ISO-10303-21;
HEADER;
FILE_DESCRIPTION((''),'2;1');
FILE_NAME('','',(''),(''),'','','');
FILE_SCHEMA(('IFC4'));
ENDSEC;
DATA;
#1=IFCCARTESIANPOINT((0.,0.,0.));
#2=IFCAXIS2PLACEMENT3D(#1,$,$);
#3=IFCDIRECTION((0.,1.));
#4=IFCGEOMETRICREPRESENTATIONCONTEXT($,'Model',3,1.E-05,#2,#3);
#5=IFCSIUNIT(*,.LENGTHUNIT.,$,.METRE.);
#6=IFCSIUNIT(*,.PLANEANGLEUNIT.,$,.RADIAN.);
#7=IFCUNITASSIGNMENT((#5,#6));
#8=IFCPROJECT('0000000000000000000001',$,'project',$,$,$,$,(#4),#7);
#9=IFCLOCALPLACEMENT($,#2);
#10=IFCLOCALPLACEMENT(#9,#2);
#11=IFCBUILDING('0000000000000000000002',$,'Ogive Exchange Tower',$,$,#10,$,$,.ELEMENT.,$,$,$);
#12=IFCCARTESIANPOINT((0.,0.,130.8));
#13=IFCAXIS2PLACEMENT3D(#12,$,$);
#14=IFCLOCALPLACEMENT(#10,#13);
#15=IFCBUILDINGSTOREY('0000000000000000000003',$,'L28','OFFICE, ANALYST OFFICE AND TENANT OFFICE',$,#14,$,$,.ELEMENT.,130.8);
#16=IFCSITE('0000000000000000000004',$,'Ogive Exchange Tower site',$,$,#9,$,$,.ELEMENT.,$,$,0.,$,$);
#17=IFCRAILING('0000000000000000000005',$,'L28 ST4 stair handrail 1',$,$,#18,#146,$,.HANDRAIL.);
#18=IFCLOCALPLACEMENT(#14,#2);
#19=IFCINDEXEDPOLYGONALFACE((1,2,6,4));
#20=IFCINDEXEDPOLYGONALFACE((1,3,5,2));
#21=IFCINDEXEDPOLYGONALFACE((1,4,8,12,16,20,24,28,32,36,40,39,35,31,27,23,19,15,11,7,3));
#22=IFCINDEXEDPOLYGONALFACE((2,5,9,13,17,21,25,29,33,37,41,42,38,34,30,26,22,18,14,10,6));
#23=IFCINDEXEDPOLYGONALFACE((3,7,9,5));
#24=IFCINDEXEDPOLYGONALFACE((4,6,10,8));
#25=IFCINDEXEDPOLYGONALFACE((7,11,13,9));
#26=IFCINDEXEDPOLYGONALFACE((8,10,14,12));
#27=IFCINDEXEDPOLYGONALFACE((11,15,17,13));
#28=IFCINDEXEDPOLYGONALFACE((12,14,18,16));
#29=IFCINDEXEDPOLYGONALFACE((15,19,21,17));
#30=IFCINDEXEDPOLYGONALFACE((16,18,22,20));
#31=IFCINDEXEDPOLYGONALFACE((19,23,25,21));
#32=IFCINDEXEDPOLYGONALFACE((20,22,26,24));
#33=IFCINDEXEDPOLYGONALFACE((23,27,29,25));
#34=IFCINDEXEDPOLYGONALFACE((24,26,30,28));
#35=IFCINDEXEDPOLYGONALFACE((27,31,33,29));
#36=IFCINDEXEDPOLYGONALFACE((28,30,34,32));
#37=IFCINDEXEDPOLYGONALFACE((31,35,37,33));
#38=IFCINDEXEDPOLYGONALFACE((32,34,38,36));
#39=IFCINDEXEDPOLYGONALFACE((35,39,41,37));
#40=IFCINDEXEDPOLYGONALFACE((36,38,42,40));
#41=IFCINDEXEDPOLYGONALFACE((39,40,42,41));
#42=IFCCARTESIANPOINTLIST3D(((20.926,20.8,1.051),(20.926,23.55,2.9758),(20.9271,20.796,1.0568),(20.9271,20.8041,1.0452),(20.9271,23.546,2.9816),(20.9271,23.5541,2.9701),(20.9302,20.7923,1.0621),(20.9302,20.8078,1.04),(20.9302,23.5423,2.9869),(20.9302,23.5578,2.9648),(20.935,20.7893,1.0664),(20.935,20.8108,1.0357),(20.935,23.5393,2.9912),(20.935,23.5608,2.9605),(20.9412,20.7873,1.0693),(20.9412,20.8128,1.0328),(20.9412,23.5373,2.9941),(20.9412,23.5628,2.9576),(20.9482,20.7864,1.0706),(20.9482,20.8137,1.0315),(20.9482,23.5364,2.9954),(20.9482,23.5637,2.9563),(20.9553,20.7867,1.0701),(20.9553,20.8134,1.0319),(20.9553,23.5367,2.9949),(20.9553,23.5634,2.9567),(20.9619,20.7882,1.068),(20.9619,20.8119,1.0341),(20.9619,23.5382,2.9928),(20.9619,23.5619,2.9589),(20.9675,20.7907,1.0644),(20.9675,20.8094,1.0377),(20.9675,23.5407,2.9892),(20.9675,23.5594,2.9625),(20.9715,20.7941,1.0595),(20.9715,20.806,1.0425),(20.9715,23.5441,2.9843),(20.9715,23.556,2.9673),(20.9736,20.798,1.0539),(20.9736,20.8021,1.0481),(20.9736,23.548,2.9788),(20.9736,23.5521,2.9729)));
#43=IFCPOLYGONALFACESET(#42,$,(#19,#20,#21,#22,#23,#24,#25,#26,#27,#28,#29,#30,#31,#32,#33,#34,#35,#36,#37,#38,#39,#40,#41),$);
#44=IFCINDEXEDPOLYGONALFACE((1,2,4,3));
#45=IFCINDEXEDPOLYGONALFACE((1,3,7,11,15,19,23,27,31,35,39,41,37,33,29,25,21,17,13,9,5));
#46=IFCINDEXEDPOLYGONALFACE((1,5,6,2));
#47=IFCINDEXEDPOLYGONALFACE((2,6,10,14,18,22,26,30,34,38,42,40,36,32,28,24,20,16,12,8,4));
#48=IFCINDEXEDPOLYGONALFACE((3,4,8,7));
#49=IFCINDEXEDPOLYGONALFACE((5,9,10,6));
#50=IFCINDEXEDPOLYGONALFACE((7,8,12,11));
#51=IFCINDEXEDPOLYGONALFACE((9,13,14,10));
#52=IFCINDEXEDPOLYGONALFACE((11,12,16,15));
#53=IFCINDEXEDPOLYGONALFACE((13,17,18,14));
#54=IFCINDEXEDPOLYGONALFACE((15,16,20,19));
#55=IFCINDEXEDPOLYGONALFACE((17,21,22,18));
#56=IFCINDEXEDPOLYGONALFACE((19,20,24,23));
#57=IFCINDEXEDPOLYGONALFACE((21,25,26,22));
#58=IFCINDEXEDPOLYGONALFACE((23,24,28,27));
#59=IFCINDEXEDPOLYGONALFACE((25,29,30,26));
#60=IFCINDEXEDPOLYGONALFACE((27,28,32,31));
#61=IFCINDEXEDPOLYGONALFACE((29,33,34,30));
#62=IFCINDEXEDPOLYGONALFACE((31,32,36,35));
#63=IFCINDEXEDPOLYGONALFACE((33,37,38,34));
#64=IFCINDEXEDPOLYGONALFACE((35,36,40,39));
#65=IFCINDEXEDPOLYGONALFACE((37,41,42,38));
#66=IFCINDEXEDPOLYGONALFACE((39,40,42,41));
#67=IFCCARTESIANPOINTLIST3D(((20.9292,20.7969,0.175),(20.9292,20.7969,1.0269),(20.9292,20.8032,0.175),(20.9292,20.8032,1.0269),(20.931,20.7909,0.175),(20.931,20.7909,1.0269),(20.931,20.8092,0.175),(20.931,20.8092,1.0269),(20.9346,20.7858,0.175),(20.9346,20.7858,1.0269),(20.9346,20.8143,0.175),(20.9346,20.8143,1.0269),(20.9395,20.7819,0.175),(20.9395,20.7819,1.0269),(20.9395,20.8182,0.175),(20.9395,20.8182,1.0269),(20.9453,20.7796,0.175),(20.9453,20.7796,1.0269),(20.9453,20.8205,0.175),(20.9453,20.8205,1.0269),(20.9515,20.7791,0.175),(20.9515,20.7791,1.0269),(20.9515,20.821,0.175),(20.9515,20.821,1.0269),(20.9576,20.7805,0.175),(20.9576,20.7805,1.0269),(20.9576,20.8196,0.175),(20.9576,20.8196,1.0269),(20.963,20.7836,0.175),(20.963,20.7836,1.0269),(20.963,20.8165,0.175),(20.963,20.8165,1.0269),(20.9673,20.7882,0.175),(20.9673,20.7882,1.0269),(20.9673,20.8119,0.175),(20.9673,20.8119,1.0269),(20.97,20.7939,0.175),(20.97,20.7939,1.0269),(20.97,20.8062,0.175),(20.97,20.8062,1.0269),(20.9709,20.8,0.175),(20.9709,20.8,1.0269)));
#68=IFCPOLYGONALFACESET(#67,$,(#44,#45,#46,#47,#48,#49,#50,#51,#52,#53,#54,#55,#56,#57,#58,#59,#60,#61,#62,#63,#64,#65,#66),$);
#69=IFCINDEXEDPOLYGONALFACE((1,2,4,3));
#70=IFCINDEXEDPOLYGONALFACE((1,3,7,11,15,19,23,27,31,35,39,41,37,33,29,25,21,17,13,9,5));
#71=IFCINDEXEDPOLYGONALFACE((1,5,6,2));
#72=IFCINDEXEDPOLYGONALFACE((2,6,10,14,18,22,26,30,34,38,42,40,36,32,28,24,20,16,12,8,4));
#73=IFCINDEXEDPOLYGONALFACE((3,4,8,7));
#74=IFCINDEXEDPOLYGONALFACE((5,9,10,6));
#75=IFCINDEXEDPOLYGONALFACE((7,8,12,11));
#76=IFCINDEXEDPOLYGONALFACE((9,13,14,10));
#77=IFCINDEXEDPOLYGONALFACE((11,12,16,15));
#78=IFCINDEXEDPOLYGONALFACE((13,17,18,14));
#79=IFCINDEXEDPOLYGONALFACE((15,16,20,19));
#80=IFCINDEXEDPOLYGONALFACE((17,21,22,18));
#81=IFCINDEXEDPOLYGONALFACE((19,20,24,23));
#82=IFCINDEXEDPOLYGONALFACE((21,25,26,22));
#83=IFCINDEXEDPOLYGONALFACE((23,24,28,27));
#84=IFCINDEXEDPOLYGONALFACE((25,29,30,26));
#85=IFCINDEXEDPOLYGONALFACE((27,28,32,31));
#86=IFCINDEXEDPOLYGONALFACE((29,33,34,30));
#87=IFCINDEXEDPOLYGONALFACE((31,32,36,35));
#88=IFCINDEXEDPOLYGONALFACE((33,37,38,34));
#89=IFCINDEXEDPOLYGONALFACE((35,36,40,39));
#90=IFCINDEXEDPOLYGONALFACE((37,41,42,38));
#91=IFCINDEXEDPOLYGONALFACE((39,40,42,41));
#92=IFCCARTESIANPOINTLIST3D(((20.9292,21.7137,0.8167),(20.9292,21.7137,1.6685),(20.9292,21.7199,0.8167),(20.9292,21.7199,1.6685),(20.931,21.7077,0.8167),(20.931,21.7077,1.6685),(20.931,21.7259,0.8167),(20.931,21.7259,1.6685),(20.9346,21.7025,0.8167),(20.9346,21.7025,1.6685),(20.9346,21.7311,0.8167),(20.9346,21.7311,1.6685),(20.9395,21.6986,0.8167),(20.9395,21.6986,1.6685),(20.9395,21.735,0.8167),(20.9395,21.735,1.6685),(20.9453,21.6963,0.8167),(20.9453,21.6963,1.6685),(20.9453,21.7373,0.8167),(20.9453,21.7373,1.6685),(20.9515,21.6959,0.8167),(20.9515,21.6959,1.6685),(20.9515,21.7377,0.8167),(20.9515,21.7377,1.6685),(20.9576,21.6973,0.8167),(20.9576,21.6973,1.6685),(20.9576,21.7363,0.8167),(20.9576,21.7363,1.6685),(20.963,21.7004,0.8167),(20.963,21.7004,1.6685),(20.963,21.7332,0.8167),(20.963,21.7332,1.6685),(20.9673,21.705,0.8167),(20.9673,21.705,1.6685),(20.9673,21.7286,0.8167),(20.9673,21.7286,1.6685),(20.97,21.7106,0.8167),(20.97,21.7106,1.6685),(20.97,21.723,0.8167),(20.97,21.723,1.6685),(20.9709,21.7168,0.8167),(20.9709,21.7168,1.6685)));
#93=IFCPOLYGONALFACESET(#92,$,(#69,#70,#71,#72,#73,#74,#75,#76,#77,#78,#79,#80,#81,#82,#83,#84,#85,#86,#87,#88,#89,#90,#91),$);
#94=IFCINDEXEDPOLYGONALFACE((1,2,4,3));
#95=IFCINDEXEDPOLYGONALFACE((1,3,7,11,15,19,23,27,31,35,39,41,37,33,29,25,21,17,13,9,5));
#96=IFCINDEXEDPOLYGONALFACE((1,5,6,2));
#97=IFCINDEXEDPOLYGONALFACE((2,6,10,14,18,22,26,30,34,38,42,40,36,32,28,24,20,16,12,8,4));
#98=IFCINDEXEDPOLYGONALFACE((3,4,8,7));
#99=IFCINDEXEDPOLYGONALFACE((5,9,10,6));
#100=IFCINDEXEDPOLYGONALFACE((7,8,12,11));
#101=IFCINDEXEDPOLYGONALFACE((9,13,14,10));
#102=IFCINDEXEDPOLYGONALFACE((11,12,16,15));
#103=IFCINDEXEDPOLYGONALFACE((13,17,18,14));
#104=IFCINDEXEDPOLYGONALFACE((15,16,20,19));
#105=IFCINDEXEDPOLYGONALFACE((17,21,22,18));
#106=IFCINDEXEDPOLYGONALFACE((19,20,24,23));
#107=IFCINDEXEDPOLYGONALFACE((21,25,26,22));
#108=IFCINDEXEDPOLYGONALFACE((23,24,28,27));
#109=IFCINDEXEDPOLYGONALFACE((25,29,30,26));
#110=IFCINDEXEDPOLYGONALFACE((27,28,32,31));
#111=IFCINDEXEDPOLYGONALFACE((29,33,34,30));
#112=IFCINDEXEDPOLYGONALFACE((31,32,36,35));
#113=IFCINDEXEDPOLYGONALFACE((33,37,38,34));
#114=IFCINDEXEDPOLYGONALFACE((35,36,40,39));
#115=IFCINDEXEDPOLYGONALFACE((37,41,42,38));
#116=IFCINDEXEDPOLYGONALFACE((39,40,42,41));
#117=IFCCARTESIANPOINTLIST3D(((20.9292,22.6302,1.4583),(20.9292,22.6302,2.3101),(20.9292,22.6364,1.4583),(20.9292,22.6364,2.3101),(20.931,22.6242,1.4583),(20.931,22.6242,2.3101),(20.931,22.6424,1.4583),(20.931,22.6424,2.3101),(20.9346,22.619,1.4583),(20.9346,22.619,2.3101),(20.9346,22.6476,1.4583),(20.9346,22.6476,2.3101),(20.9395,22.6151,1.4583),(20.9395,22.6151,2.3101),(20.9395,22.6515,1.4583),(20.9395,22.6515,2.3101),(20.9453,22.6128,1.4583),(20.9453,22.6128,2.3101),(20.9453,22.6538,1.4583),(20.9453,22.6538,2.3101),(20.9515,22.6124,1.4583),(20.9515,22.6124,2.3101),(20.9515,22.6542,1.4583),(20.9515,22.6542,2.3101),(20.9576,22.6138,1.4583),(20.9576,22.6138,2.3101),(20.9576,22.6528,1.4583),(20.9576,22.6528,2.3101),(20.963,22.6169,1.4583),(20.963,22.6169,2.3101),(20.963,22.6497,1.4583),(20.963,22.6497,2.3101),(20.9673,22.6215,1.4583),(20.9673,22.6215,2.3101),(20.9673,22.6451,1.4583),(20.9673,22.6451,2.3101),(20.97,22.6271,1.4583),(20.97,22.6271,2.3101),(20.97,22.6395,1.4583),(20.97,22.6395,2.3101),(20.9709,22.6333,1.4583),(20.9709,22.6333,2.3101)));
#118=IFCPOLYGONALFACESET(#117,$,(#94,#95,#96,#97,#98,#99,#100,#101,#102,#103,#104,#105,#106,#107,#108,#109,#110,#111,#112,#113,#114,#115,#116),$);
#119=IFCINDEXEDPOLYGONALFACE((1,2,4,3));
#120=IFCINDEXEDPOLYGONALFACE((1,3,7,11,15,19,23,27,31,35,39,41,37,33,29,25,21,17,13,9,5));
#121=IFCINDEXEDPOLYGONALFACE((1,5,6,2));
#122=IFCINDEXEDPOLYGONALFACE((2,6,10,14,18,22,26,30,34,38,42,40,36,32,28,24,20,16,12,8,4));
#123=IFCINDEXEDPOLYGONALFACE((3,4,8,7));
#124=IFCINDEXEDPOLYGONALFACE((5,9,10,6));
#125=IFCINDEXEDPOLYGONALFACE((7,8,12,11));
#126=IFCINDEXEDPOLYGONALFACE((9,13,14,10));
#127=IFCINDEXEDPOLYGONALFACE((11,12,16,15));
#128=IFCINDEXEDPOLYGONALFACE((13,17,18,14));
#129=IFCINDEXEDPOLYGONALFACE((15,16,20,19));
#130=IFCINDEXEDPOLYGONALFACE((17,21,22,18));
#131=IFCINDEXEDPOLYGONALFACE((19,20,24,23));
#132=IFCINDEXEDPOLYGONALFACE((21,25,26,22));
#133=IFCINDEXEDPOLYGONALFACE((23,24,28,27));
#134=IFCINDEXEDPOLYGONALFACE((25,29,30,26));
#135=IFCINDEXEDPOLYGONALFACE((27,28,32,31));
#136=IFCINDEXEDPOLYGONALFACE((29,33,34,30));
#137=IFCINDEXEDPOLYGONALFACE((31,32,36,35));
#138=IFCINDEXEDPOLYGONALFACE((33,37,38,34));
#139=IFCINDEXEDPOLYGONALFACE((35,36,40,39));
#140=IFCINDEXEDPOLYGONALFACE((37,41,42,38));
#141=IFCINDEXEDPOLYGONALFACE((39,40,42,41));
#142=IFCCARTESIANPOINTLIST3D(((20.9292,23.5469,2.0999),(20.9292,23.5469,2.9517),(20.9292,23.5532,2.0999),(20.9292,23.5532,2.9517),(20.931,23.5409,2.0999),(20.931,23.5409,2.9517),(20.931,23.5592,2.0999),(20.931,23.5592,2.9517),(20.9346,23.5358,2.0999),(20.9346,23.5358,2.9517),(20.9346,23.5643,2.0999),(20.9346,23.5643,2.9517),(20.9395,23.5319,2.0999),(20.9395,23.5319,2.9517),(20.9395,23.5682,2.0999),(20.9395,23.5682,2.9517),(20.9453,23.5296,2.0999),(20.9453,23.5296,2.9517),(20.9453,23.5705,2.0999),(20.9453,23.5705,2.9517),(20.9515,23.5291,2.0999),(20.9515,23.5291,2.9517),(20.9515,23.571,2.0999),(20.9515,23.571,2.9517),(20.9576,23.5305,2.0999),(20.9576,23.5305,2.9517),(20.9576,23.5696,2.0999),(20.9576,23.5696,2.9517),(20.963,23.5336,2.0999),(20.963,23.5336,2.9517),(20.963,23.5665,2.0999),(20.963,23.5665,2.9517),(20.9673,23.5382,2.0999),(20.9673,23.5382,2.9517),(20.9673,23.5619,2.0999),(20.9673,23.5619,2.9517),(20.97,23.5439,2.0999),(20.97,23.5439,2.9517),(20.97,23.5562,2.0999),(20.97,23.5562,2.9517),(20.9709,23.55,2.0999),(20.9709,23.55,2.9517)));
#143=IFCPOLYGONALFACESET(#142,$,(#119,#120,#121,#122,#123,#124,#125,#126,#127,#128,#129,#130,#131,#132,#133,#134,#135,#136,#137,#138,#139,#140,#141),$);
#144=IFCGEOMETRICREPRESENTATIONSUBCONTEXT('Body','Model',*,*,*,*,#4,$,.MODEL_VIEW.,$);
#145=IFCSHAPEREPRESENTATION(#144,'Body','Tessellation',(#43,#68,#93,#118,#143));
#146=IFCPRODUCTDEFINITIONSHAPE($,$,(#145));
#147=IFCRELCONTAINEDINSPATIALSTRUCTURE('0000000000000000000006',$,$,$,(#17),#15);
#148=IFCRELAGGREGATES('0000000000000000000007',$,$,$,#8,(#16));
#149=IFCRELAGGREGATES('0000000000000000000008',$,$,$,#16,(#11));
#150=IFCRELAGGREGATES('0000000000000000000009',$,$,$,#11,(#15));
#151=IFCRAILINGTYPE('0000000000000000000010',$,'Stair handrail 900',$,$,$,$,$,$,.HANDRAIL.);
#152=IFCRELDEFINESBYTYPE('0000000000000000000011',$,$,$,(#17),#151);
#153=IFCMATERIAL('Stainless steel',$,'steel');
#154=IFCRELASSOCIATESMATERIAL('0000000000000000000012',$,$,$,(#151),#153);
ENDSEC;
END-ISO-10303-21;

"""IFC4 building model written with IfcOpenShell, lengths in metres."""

from ifc_helpers import new_model, si_unit, direction, frame, origin, origin_2d, place, context, subcontext, project, spatial, circle, extrude, material, type_object, element, save


model = new_model("IFC4")

# Units and contexts
model_context = context("Model", 3, precision=1e-05, world=origin(), true_north=direction((0.0, 1.0)))
body_context = subcontext(model_context, "Body", "Model", "MODEL_VIEW")
ifc_project = project(units=[si_unit("LENGTHUNIT", "METRE"), si_unit("PLANEANGLEUNIT", "RADIAN")], contexts=[model_context])

# Site, building, storey
site_placement = place(None, origin())
site = spatial("IfcSite", under=ifc_project, at=site_placement, Name="Ogive Exchange Tower site", CompositionType="ELEMENT", RefElevation=0.0)
building_placement = place(site_placement, origin())
building = spatial("IfcBuilding", under=site, at=building_placement, Name="Ogive Exchange Tower", CompositionType="ELEMENT")
storey_placement = place(building_placement, frame((0.0, 0.0, 130.8)))
storey = spatial("IfcBuildingStorey", under=building, at=storey_placement, Name="L28", Description="OFFICE, ANALYST OFFICE AND TENANT OFFICE", CompositionType="ELEMENT", Elevation=130.8)

# Railing
ifc_material_1 = material(Name="Stainless steel", Category="steel")
railing_type = type_object("IfcRailingType", Name="Stair handrail 900", PredefinedType="HANDRAIL", material=ifc_material_1)
railing_placement = place(storey_placement, frame((20.95, 20.8, 0.175)))
element("IfcRailing", 1, at=railing_placement, inside=storey, type_object=railing_type, Name="L28 ST4 stair handrail 1", PredefinedType="HANDRAIL", context=body_context, shape_type="SweptSolid", body=[
    extrude(circle(Radius=0.0239, at=origin_2d()), frame((0.0, 0.0, 0.876), z_axis=(0.0, 0.819259, 0.573423), x_axis=(-1.0, 0.0, 0.0)), (0.0, 0.0, 1.0), 3.3567),
    extrude(circle(Radius=0.021, at=origin_2d()), origin(), (0.0, 0.0, 1.0), 0.8518),
    extrude(circle(Radius=0.021, at=origin_2d()), frame((0.0, 0.9167, 0.6416)), (0.0, 0.0, 1.0), 0.8518),
    extrude(circle(Radius=0.021, at=origin_2d()), frame((0.0, 1.8333, 1.2832)), (0.0, 0.0, 1.0), 0.8518),
    extrude(circle(Radius=0.021, at=origin_2d()), frame((0.0, 2.75, 1.9248)), (0.0, 0.0, 1.0), 0.8518),
])

save(model, "model.ifc")
